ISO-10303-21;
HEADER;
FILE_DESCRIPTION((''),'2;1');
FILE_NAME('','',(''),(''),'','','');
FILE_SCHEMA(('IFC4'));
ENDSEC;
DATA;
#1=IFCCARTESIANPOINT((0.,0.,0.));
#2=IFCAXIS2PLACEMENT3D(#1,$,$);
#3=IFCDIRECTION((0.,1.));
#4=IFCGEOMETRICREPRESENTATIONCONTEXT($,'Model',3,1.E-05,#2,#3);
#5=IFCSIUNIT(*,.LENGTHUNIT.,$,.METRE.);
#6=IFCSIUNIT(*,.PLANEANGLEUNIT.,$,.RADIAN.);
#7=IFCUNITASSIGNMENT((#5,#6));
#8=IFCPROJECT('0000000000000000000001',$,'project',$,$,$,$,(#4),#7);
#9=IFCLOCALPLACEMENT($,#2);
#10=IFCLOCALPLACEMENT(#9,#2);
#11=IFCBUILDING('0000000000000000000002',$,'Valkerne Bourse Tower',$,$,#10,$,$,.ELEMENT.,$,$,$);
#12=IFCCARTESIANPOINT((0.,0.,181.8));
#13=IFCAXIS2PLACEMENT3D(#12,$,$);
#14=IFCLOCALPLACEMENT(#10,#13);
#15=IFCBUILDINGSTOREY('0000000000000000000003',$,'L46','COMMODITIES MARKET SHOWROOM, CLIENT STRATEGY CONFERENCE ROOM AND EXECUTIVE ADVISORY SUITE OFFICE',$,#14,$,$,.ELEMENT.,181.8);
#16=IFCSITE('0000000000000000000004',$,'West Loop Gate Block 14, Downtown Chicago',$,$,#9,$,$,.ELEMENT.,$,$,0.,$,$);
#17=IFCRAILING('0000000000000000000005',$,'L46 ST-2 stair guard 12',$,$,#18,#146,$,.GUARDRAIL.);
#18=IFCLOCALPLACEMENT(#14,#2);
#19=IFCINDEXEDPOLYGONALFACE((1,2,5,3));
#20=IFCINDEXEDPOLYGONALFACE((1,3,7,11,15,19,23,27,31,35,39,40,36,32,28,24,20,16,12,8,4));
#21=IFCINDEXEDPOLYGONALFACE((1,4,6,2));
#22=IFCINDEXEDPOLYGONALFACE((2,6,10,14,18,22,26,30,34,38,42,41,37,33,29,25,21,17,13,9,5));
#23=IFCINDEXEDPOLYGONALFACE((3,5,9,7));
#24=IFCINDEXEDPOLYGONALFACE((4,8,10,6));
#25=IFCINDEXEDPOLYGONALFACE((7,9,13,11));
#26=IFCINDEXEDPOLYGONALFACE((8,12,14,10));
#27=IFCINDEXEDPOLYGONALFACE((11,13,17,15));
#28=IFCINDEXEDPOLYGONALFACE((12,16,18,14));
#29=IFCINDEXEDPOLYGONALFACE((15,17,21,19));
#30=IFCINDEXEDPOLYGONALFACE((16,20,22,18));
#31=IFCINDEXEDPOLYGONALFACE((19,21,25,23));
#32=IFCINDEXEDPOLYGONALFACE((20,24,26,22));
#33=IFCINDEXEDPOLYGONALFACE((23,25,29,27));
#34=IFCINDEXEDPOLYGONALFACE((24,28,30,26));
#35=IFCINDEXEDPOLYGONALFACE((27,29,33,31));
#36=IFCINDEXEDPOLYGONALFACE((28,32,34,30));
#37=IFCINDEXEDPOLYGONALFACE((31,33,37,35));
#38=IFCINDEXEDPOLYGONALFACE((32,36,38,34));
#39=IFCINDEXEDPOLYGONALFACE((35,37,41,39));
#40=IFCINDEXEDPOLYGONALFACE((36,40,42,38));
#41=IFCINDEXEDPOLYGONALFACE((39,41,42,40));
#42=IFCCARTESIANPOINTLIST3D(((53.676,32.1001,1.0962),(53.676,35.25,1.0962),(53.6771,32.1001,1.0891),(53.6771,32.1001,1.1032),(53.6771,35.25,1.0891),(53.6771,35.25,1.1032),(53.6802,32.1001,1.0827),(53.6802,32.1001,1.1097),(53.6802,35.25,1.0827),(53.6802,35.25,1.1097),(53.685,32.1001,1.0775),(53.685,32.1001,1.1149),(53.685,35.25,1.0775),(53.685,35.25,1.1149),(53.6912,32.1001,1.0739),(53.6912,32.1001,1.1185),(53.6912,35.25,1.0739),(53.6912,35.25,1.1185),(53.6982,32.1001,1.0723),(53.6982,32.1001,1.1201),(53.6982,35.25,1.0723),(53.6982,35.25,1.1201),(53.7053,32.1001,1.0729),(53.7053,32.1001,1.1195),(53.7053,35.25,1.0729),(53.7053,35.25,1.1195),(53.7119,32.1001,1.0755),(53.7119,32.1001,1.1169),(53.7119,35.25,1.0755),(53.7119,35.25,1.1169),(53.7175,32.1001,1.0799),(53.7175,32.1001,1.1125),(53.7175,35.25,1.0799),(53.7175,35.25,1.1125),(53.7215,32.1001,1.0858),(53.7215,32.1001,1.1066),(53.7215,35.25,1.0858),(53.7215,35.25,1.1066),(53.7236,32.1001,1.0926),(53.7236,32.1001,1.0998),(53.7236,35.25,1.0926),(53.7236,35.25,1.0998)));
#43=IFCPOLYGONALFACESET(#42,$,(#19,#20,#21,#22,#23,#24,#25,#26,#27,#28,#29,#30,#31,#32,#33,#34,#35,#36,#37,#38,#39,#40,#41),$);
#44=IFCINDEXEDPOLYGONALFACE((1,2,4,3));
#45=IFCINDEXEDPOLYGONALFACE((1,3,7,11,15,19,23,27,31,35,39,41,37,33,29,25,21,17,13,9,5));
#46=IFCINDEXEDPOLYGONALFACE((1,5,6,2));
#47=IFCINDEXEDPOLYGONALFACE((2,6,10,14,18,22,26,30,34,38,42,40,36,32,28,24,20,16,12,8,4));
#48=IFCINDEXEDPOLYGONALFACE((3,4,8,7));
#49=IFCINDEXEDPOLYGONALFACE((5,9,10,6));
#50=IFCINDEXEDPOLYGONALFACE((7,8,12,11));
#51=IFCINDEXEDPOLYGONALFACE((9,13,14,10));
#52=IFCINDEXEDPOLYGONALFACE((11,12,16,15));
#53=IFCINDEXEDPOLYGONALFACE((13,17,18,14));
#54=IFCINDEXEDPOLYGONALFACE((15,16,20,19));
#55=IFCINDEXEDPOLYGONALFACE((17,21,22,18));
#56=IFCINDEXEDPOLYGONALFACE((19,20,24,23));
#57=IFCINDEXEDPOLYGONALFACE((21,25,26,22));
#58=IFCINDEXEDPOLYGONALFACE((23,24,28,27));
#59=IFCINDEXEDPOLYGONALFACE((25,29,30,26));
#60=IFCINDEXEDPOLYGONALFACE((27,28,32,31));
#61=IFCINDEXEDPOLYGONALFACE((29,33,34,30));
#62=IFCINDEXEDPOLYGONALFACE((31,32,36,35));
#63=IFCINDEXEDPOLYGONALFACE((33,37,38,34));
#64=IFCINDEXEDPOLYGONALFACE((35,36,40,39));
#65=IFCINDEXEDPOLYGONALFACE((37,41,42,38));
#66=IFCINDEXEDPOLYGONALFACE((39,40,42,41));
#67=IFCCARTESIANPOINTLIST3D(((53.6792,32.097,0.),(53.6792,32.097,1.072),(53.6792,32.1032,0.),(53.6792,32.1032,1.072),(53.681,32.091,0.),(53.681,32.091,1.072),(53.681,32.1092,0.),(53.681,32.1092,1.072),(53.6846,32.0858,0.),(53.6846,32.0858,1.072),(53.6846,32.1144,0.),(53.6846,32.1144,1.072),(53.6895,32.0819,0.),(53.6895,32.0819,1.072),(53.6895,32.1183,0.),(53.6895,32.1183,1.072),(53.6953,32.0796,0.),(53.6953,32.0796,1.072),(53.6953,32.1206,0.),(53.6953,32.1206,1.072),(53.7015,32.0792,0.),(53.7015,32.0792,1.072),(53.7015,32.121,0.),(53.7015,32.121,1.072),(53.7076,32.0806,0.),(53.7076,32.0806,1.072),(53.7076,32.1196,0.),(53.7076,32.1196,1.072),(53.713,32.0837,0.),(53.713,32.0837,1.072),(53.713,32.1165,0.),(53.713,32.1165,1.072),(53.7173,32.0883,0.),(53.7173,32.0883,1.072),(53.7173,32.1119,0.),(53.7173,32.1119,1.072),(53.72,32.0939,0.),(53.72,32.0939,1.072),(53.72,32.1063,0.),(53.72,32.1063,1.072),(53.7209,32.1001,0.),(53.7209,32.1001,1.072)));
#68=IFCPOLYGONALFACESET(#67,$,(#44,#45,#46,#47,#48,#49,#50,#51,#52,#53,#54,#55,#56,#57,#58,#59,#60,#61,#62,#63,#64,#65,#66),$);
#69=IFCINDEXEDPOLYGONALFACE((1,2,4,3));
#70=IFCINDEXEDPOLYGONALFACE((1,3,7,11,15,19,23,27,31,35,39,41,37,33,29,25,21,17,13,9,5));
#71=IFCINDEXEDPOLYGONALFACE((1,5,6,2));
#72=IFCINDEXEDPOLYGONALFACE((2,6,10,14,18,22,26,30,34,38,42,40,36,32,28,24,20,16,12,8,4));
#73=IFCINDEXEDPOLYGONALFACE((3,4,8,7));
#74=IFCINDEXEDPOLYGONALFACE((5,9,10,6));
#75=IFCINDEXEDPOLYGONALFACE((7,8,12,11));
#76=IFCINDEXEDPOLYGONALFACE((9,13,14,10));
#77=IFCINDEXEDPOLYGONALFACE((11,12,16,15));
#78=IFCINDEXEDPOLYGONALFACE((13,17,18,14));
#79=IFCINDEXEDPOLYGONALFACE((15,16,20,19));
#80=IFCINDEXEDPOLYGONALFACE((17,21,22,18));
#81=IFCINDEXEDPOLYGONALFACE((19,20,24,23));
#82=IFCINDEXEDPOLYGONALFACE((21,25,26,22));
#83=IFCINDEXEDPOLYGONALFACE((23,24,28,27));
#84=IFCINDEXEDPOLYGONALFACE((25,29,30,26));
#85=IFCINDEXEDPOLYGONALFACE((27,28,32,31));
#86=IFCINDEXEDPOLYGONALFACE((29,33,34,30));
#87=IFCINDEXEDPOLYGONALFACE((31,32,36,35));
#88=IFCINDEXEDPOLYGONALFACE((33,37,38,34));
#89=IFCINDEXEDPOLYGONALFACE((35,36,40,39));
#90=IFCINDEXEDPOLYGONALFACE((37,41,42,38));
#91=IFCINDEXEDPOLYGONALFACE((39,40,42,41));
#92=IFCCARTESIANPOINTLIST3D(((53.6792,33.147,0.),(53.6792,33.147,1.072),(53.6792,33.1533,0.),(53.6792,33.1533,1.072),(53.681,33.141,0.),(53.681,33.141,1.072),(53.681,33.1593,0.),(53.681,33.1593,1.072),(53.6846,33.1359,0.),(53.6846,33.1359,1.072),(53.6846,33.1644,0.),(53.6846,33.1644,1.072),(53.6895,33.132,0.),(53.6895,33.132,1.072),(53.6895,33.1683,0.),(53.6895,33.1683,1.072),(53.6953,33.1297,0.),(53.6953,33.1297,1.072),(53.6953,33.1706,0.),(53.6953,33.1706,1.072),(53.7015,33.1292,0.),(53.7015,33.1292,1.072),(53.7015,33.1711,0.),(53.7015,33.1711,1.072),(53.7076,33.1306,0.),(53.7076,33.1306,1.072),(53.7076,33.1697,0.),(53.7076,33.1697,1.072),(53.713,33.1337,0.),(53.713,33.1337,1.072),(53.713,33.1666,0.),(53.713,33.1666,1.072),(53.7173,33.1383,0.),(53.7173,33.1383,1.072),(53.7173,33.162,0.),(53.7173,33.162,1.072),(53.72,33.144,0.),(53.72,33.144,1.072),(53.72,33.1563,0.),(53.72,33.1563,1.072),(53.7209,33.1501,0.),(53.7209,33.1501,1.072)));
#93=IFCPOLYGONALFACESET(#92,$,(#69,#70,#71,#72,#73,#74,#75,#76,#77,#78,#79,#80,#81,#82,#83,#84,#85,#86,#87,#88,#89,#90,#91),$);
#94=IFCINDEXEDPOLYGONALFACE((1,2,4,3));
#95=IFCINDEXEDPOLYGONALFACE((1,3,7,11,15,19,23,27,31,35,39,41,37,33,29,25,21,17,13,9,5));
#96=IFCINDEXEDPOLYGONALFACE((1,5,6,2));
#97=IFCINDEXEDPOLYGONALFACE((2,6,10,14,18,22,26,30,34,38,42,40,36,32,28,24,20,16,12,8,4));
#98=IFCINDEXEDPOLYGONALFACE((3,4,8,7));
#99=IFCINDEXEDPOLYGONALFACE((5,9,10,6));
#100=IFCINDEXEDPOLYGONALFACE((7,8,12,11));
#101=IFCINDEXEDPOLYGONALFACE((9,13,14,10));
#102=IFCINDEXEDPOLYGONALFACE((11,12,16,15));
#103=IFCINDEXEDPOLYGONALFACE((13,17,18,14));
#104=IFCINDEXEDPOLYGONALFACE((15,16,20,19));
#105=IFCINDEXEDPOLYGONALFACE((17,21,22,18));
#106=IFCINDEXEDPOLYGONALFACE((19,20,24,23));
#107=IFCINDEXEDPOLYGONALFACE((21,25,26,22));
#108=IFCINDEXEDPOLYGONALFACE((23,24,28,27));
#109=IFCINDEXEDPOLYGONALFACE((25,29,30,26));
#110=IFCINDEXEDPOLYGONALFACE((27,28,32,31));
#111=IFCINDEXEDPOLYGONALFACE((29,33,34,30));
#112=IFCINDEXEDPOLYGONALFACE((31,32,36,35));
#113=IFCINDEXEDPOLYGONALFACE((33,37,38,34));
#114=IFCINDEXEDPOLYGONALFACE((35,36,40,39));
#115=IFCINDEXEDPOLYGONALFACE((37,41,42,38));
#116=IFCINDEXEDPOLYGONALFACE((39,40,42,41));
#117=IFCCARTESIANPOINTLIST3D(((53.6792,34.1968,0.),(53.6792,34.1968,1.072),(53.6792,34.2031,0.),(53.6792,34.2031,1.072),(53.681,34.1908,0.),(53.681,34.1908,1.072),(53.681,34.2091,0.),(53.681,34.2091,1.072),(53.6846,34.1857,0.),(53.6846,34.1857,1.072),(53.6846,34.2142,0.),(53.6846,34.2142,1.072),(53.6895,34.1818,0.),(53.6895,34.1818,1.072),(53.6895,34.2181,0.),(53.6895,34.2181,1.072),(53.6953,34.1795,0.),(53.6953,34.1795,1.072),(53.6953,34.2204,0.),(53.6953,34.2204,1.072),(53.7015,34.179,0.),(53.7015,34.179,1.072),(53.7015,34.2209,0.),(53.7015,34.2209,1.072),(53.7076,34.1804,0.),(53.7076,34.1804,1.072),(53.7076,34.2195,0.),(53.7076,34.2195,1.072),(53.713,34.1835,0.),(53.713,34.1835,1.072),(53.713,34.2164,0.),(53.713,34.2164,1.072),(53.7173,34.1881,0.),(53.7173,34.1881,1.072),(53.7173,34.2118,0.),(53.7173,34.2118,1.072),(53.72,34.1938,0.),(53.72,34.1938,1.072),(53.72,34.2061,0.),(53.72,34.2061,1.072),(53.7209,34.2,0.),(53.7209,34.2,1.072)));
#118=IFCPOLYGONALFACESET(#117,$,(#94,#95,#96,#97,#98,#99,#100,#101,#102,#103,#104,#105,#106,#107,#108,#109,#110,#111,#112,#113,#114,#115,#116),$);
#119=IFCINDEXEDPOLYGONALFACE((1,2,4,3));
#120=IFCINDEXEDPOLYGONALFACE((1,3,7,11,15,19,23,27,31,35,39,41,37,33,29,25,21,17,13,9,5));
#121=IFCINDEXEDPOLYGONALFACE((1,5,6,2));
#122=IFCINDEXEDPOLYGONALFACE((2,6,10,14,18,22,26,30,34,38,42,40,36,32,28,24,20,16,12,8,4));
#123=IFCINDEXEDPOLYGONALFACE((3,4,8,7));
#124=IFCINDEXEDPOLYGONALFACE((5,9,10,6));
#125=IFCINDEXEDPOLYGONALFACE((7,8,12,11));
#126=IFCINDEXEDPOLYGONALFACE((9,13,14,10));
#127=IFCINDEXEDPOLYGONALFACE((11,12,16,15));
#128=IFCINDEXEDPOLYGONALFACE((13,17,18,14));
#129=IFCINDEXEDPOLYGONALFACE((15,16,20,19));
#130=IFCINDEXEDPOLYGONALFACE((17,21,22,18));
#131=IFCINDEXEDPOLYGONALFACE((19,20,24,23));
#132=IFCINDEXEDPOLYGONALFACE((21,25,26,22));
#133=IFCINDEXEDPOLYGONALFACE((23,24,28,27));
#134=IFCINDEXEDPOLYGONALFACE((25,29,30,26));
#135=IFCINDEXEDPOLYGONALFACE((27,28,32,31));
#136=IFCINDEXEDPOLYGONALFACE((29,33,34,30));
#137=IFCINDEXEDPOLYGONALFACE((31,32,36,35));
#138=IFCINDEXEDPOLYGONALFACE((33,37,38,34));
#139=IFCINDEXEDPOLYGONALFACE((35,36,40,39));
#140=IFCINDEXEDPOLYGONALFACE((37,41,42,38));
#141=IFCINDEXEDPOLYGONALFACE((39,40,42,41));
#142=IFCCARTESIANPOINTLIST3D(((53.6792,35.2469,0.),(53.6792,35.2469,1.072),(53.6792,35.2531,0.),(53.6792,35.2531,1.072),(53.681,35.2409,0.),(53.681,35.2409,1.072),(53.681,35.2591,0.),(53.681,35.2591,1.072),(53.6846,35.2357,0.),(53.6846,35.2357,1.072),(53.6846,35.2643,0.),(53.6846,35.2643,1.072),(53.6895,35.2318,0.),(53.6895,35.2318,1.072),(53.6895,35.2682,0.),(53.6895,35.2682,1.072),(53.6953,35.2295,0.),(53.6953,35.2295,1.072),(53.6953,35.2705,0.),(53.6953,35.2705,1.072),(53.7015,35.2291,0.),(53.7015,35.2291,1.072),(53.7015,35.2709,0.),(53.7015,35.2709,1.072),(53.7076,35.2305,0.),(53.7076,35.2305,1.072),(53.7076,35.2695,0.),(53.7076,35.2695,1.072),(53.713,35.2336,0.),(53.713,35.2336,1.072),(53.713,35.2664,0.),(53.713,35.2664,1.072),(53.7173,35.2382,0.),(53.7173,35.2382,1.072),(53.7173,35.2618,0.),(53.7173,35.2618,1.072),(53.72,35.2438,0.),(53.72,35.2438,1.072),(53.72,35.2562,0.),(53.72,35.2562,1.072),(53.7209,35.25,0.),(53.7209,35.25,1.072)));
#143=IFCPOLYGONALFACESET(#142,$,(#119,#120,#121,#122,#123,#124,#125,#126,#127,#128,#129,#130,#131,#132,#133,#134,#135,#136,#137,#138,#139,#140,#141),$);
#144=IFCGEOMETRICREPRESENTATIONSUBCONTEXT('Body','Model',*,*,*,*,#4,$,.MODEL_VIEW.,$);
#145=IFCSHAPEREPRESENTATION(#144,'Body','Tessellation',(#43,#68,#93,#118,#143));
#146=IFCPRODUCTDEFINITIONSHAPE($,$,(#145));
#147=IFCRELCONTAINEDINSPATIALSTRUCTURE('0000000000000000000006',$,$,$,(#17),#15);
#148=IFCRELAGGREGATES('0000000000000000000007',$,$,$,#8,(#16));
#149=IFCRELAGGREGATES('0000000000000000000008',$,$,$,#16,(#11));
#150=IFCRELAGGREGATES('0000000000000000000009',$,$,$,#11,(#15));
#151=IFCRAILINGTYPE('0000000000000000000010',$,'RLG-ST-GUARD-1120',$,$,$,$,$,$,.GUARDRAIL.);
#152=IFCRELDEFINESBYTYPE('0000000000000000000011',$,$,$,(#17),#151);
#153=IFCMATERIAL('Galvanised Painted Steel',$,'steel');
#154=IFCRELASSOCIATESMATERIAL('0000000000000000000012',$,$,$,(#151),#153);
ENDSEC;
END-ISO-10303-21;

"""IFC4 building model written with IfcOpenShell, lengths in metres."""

from ifc_helpers import new_model, si_unit, direction, frame, origin, origin_2d, place, context, subcontext, project, spatial, circle, extrude, material, type_object, element, save


model = new_model("IFC4")

# Units and contexts
model_context = context("Model", 3, precision=1e-05, world=origin(), true_north=direction((0.0, 1.0)))
body_context = subcontext(model_context, "Body", "Model", "MODEL_VIEW")
ifc_project = project(units=[si_unit("LENGTHUNIT", "METRE"), si_unit("PLANEANGLEUNIT", "RADIAN")], contexts=[model_context])

# Site, building, storey
site_placement = place(None, origin())
site = spatial("IfcSite", under=ifc_project, at=site_placement, Name="West Loop Gate Block 14, Downtown Chicago", CompositionType="ELEMENT", RefElevation=0.0)
building_placement = place(site_placement, origin())
building = spatial("IfcBuilding", under=site, at=building_placement, Name="Valkerne Bourse Tower", CompositionType="ELEMENT")
storey_placement = place(building_placement, frame((0.0, 0.0, 181.8)))
storey = spatial("IfcBuildingStorey", under=building, at=storey_placement, Name="L46", Description="COMMODITIES MARKET SHOWROOM, CLIENT STRATEGY CONFERENCE ROOM AND EXECUTIVE ADVISORY SUITE OFFICE", CompositionType="ELEMENT", Elevation=181.8)

# Railing
ifc_material_1 = material(Name="Galvanised Painted Steel", Category="steel")
railing_type = type_object("IfcRailingType", Name="RLG-ST-GUARD-1120", PredefinedType="GUARDRAIL", material=ifc_material_1)
railing_1_placement = place(storey_placement, frame((53.7, 32.1001, 0.0)))
element("IfcRailing", 1, at=railing_1_placement, inside=storey, type_object=railing_type, Name="L46 ST-2 stair guard 12", PredefinedType="GUARDRAIL", context=body_context, shape_type="SweptSolid", body=[
    extrude(circle(Radius=0.0239, at=origin_2d()), frame((0.0, 0.0, 1.0962), z_axis=(0.0, 1.0, 0.0), x_axis=(-1.0, 0.0, 0.0)), (0.0, 0.0, 1.0), 3.1499),
    extrude(circle(Radius=0.021, at=origin_2d()), origin(), (0.0, 0.0, 1.0), 1.072),
    extrude(circle(Radius=0.021, at=origin_2d()), frame((0.0, 1.05, 0.0)), (0.0, 0.0, 1.0), 1.072),
    extrude(circle(Radius=0.021, at=origin_2d()), frame((0.0, 2.0999, 0.0)), (0.0, 0.0, 1.0), 1.072),
    extrude(circle(Radius=0.021, at=origin_2d()), frame((0.0, 3.1499, 0.0)), (0.0, 0.0, 1.0), 1.072),
])

save(model, "model.ifc")
